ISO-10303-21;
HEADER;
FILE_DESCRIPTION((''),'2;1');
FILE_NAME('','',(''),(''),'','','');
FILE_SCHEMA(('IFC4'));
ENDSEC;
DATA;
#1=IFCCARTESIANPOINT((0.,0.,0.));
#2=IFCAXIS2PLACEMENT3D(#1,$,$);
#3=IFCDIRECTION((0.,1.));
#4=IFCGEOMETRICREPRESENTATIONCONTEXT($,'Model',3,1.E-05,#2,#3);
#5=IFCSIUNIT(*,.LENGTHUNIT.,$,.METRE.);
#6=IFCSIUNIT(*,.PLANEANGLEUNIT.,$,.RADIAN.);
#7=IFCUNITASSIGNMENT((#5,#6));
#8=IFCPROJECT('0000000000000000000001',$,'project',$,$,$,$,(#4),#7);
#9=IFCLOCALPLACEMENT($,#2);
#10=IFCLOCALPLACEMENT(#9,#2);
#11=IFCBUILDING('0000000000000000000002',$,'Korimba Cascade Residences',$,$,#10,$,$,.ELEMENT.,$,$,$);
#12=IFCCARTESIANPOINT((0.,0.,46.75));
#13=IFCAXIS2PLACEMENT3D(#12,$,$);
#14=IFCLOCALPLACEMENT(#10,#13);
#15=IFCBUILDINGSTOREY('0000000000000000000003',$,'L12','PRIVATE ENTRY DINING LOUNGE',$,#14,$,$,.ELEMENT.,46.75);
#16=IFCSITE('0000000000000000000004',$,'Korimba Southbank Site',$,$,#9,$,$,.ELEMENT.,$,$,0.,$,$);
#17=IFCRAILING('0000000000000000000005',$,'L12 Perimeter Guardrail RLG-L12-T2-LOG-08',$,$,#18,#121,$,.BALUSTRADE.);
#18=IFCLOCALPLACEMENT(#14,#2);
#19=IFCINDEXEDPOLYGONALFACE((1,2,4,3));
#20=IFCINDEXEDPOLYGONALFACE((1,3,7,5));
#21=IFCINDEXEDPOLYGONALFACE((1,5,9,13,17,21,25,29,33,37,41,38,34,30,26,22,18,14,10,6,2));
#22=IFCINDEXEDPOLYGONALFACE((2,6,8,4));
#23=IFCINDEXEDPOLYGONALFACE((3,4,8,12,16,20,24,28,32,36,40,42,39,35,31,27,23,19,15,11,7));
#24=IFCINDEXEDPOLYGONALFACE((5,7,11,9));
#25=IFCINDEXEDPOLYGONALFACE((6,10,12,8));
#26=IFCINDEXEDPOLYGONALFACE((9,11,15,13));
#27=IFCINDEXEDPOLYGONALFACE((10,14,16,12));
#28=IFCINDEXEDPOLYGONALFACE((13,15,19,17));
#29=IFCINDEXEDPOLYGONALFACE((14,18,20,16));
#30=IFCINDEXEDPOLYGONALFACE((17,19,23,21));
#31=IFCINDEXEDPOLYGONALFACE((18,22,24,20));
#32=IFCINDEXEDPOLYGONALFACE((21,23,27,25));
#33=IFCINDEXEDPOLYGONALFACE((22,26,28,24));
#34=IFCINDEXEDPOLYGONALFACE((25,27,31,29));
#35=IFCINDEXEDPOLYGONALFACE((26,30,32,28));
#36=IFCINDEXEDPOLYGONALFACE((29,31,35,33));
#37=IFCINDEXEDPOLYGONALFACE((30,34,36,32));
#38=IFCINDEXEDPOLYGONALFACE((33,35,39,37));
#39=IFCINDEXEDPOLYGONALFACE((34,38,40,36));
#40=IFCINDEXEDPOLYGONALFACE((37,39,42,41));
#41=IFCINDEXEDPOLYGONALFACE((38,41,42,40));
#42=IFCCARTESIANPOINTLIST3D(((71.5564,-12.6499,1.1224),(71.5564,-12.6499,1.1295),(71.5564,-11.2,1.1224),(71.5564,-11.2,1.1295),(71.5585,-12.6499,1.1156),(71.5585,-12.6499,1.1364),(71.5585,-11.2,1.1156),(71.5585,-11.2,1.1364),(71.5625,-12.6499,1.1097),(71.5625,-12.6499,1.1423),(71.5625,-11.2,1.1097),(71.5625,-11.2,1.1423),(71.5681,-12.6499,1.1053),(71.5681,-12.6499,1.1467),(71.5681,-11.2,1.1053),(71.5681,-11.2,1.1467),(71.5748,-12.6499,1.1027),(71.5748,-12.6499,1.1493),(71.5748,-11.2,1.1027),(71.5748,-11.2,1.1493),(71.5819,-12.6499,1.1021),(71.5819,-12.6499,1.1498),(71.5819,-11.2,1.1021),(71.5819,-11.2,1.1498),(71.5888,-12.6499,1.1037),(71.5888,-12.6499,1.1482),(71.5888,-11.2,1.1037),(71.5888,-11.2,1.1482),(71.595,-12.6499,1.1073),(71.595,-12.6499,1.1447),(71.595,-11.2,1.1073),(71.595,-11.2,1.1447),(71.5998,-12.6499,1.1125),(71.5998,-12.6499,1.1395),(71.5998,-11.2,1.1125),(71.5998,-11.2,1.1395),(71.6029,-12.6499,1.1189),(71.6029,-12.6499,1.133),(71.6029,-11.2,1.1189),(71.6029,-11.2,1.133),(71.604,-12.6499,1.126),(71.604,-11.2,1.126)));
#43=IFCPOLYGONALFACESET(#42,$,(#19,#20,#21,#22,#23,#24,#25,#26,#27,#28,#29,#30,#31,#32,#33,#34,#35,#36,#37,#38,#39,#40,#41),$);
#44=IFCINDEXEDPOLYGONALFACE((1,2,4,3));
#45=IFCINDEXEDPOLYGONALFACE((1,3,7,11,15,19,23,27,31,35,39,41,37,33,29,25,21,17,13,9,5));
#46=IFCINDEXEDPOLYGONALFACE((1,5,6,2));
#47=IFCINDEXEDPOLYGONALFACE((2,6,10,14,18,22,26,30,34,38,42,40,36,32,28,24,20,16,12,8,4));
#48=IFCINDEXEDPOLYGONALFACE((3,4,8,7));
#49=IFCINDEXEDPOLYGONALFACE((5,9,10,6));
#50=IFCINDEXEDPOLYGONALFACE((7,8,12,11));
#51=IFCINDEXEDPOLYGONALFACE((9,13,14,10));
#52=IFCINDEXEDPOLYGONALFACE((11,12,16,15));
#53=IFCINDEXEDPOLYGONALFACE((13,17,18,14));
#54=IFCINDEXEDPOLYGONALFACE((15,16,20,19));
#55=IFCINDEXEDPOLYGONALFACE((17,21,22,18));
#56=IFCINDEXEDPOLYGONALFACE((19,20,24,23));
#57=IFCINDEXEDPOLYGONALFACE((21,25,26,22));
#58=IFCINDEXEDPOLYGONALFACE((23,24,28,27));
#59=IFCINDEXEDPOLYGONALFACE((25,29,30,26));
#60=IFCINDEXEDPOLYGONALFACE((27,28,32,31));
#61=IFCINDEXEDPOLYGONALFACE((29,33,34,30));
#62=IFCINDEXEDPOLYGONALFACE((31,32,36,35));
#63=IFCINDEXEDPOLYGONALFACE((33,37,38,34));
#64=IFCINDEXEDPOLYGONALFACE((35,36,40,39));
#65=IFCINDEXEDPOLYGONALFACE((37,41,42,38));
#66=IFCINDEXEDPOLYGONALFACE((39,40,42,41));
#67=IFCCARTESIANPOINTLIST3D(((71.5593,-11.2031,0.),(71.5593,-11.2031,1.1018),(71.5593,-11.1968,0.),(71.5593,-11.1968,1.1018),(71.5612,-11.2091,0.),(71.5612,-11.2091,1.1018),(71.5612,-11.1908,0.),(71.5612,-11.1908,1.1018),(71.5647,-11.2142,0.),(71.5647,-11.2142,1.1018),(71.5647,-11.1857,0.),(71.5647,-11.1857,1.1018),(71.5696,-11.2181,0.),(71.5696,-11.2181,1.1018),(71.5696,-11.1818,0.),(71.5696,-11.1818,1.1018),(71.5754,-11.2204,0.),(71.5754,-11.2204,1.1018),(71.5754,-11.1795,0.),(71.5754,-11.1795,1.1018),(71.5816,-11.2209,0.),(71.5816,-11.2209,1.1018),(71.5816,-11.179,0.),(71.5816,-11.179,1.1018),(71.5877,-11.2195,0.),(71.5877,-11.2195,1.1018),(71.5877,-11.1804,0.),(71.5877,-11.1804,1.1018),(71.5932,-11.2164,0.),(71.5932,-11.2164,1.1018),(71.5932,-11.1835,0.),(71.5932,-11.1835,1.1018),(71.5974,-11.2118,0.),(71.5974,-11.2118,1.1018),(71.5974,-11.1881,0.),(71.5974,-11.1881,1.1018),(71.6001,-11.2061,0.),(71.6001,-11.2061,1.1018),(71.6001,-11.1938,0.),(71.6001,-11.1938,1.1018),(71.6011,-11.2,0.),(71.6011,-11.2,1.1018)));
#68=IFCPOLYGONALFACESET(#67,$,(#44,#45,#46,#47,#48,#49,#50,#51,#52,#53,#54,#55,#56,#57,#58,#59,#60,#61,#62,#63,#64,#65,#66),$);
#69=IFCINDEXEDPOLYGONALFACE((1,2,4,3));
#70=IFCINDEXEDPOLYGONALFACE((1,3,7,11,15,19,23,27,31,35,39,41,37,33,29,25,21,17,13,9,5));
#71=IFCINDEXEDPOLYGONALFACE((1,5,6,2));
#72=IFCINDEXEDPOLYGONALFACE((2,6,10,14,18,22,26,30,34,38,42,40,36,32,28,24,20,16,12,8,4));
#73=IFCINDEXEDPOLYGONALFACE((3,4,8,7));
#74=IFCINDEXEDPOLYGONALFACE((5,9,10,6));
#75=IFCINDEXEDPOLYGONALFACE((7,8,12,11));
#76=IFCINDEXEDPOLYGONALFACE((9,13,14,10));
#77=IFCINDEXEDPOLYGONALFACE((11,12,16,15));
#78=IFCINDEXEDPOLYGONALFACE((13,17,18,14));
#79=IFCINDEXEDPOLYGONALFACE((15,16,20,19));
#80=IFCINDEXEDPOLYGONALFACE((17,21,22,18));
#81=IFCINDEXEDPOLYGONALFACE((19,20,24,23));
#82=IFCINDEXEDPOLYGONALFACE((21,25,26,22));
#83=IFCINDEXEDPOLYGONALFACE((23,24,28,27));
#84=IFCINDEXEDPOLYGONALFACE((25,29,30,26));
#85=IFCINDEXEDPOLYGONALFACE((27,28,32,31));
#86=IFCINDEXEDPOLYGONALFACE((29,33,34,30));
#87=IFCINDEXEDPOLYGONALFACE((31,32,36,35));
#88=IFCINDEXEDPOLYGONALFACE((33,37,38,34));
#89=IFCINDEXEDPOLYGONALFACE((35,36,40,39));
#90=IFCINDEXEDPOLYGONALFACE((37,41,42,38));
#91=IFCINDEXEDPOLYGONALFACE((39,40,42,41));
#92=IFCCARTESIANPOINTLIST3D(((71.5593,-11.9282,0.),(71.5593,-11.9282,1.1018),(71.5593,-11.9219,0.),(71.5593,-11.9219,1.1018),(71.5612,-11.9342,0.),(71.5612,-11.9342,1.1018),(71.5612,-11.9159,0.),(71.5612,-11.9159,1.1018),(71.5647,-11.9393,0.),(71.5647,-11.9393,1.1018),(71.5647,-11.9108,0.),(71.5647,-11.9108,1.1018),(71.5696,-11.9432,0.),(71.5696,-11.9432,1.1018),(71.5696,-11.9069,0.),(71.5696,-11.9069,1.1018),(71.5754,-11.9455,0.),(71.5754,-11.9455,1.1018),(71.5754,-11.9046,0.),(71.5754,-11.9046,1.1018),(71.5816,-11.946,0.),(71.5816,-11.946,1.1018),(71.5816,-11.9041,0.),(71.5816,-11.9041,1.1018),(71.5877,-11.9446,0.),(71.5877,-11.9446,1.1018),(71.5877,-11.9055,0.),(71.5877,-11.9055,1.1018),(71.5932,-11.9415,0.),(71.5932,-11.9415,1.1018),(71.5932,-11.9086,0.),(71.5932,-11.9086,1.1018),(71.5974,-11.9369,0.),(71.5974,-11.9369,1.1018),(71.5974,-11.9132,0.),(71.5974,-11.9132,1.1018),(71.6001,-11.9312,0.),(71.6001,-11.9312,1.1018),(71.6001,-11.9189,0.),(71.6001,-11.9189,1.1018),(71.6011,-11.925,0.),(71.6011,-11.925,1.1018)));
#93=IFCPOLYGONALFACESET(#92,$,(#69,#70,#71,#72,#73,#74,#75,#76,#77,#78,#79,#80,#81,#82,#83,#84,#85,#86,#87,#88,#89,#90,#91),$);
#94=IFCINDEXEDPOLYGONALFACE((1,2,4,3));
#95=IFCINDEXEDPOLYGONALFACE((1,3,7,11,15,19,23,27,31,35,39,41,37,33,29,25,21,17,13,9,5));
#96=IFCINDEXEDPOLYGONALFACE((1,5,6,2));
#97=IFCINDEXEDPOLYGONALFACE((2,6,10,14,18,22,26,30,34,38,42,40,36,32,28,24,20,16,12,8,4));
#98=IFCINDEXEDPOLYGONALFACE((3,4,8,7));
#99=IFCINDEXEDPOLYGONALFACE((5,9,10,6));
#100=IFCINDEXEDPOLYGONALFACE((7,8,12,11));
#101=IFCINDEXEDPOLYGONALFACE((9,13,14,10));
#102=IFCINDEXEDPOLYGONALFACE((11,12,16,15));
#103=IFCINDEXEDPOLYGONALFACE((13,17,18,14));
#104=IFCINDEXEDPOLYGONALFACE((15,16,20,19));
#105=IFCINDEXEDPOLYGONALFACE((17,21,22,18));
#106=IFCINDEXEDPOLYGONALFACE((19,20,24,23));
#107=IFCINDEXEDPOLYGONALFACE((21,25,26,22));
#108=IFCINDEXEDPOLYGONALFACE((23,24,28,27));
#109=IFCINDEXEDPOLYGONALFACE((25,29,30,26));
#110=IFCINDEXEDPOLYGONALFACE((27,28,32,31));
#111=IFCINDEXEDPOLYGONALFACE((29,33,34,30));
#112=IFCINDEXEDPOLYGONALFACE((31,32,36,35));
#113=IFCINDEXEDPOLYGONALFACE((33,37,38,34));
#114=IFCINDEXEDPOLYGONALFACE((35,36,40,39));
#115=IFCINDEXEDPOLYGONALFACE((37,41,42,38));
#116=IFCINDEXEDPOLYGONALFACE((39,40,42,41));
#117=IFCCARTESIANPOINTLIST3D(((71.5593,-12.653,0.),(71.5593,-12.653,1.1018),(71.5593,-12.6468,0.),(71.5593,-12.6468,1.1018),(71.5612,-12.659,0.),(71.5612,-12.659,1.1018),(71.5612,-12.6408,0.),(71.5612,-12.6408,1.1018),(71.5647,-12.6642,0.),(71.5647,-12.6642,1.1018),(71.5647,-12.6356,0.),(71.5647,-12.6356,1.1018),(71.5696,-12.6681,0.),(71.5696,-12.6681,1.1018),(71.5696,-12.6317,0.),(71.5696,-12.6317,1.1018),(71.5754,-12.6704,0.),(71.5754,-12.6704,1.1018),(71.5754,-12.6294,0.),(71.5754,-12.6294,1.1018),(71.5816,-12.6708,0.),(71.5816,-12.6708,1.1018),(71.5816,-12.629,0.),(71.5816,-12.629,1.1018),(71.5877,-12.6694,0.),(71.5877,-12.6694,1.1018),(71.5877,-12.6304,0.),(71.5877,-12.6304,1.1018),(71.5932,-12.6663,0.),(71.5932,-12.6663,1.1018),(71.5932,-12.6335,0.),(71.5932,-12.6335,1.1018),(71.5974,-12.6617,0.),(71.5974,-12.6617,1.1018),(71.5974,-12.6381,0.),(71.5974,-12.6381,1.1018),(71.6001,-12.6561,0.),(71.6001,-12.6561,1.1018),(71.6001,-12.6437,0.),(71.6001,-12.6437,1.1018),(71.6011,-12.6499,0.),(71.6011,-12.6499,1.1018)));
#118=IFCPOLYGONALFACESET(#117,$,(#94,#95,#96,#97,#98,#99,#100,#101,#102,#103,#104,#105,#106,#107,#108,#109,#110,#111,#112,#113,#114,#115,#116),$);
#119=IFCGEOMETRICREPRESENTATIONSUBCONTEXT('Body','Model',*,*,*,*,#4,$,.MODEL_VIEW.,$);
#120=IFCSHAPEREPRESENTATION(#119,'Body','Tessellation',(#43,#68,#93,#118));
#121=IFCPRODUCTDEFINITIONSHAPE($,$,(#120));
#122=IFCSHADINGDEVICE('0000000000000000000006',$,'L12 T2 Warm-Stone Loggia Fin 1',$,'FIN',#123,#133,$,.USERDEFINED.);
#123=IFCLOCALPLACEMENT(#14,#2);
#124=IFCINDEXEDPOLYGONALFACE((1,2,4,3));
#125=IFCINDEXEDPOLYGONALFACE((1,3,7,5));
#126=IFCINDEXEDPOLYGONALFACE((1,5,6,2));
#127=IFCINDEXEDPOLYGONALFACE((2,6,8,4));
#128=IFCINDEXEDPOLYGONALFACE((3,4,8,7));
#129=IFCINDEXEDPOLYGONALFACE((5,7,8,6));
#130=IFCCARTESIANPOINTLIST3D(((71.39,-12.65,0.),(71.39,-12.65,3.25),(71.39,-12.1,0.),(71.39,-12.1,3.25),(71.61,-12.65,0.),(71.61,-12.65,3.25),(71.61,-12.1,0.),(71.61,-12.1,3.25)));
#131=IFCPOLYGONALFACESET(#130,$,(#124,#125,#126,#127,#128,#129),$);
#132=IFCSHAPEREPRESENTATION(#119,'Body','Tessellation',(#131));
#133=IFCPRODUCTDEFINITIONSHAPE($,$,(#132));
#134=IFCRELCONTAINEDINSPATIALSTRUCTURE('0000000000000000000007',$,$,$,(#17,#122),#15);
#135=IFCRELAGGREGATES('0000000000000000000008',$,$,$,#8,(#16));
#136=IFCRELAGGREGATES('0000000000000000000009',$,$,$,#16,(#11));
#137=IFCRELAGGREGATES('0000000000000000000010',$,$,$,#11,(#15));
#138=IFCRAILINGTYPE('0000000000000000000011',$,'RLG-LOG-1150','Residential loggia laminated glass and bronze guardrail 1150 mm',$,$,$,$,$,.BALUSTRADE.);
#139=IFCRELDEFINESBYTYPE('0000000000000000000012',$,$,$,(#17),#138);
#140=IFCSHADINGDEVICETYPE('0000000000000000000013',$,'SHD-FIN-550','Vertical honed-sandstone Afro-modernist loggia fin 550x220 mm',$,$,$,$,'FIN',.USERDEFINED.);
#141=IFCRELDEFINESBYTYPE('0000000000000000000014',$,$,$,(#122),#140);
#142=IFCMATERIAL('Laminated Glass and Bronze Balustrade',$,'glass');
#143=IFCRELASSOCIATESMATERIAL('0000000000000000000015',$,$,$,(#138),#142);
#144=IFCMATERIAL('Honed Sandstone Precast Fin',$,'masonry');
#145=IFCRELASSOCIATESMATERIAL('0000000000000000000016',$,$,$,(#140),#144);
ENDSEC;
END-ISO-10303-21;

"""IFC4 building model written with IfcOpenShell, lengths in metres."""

from ifc_helpers import new_model, si_unit, direction, frame, origin, origin_2d, place, context, subcontext, project, spatial, rectangle, circle, extrude, material, type_object, element, save


model = new_model("IFC4")

# Units and contexts
model_context = context("Model", 3, precision=1e-05, world=origin(), true_north=direction((0.0, 1.0)))
body_context = subcontext(model_context, "Body", "Model", "MODEL_VIEW")
ifc_project = project(units=[si_unit("LENGTHUNIT", "METRE"), si_unit("PLANEANGLEUNIT", "RADIAN")], contexts=[model_context])

# Site, building, storey
site_placement = place(None, origin())
site = spatial("IfcSite", under=ifc_project, at=site_placement, Name="Korimba Southbank Site", CompositionType="ELEMENT", RefElevation=0.0)
building_placement = place(site_placement, origin())
building = spatial("IfcBuilding", under=site, at=building_placement, Name="Korimba Cascade Residences", CompositionType="ELEMENT")
storey_placement = place(building_placement, frame((0.0, 0.0, 46.75)))
storey = spatial("IfcBuildingStorey", under=building, at=storey_placement, Name="L12", Description="PRIVATE ENTRY DINING LOUNGE", CompositionType="ELEMENT", Elevation=46.75)

# Railing
ifc_material_1 = material(Name="Laminated Glass and Bronze Balustrade", Category="glass")
railing_type = type_object("IfcRailingType", Name="RLG-LOG-1150", Description="Residential loggia laminated glass and bronze guardrail 1150 mm", PredefinedType="BALUSTRADE", material=ifc_material_1)
railing_1_placement = place(storey_placement, frame((71.5801, -11.2, 0.0)))
element("IfcRailing", 1, at=railing_1_placement, inside=storey, type_object=railing_type, Name="L12 Perimeter Guardrail RLG-L12-T2-LOG-08", PredefinedType="BALUSTRADE", context=body_context, shape_type="SweptSolid", body=[
    extrude(circle(Radius=0.0239, at=origin_2d()), frame((0.0, 0.0, 1.126), z_axis=(0.0, -1.0, 0.0), x_axis=(1.0, 0.0, 0.0)), (0.0, 0.0, 1.0), 1.45),
    extrude(circle(Radius=0.021, at=origin_2d()), origin(), (0.0, 0.0, 1.0), 1.1018),
    extrude(circle(Radius=0.021, at=origin_2d()), frame((0.0, -0.7251, 0.0)), (0.0, 0.0, 1.0), 1.1018),
    extrude(circle(Radius=0.021, at=origin_2d()), frame((0.0, -1.45, 0.0)), (0.0, 0.0, 1.0), 1.1018),
])

# Shading device
ifc_material_2 = material(Name="Honed Sandstone Precast Fin", Category="masonry")
shading_device_type = type_object("IfcShadingDeviceType", Name="SHD-FIN-550", Description="Vertical honed-sandstone Afro-modernist loggia fin 550x220 mm", ElementType="FIN", PredefinedType="USERDEFINED", material=ifc_material_2)
shading_device_placement = place(storey_placement, frame((71.5, -12.375, 0.0), z_axis=(0.0, 0.0, 1.0), x_axis=(1.0, 0.0, 0.0)))
element("IfcShadingDevice", 2, at=shading_device_placement, inside=storey, type_object=shading_device_type, Name="L12 T2 Warm-Stone Loggia Fin 1", ObjectType="FIN", PredefinedType="USERDEFINED", context=body_context, shape_type="SweptSolid", body=[
    extrude(rectangle(XDim=0.22, YDim=0.55, at=origin_2d()), origin(), (0.0, 0.0, 1.0), 3.25),
])

save(model, "model.ifc")
